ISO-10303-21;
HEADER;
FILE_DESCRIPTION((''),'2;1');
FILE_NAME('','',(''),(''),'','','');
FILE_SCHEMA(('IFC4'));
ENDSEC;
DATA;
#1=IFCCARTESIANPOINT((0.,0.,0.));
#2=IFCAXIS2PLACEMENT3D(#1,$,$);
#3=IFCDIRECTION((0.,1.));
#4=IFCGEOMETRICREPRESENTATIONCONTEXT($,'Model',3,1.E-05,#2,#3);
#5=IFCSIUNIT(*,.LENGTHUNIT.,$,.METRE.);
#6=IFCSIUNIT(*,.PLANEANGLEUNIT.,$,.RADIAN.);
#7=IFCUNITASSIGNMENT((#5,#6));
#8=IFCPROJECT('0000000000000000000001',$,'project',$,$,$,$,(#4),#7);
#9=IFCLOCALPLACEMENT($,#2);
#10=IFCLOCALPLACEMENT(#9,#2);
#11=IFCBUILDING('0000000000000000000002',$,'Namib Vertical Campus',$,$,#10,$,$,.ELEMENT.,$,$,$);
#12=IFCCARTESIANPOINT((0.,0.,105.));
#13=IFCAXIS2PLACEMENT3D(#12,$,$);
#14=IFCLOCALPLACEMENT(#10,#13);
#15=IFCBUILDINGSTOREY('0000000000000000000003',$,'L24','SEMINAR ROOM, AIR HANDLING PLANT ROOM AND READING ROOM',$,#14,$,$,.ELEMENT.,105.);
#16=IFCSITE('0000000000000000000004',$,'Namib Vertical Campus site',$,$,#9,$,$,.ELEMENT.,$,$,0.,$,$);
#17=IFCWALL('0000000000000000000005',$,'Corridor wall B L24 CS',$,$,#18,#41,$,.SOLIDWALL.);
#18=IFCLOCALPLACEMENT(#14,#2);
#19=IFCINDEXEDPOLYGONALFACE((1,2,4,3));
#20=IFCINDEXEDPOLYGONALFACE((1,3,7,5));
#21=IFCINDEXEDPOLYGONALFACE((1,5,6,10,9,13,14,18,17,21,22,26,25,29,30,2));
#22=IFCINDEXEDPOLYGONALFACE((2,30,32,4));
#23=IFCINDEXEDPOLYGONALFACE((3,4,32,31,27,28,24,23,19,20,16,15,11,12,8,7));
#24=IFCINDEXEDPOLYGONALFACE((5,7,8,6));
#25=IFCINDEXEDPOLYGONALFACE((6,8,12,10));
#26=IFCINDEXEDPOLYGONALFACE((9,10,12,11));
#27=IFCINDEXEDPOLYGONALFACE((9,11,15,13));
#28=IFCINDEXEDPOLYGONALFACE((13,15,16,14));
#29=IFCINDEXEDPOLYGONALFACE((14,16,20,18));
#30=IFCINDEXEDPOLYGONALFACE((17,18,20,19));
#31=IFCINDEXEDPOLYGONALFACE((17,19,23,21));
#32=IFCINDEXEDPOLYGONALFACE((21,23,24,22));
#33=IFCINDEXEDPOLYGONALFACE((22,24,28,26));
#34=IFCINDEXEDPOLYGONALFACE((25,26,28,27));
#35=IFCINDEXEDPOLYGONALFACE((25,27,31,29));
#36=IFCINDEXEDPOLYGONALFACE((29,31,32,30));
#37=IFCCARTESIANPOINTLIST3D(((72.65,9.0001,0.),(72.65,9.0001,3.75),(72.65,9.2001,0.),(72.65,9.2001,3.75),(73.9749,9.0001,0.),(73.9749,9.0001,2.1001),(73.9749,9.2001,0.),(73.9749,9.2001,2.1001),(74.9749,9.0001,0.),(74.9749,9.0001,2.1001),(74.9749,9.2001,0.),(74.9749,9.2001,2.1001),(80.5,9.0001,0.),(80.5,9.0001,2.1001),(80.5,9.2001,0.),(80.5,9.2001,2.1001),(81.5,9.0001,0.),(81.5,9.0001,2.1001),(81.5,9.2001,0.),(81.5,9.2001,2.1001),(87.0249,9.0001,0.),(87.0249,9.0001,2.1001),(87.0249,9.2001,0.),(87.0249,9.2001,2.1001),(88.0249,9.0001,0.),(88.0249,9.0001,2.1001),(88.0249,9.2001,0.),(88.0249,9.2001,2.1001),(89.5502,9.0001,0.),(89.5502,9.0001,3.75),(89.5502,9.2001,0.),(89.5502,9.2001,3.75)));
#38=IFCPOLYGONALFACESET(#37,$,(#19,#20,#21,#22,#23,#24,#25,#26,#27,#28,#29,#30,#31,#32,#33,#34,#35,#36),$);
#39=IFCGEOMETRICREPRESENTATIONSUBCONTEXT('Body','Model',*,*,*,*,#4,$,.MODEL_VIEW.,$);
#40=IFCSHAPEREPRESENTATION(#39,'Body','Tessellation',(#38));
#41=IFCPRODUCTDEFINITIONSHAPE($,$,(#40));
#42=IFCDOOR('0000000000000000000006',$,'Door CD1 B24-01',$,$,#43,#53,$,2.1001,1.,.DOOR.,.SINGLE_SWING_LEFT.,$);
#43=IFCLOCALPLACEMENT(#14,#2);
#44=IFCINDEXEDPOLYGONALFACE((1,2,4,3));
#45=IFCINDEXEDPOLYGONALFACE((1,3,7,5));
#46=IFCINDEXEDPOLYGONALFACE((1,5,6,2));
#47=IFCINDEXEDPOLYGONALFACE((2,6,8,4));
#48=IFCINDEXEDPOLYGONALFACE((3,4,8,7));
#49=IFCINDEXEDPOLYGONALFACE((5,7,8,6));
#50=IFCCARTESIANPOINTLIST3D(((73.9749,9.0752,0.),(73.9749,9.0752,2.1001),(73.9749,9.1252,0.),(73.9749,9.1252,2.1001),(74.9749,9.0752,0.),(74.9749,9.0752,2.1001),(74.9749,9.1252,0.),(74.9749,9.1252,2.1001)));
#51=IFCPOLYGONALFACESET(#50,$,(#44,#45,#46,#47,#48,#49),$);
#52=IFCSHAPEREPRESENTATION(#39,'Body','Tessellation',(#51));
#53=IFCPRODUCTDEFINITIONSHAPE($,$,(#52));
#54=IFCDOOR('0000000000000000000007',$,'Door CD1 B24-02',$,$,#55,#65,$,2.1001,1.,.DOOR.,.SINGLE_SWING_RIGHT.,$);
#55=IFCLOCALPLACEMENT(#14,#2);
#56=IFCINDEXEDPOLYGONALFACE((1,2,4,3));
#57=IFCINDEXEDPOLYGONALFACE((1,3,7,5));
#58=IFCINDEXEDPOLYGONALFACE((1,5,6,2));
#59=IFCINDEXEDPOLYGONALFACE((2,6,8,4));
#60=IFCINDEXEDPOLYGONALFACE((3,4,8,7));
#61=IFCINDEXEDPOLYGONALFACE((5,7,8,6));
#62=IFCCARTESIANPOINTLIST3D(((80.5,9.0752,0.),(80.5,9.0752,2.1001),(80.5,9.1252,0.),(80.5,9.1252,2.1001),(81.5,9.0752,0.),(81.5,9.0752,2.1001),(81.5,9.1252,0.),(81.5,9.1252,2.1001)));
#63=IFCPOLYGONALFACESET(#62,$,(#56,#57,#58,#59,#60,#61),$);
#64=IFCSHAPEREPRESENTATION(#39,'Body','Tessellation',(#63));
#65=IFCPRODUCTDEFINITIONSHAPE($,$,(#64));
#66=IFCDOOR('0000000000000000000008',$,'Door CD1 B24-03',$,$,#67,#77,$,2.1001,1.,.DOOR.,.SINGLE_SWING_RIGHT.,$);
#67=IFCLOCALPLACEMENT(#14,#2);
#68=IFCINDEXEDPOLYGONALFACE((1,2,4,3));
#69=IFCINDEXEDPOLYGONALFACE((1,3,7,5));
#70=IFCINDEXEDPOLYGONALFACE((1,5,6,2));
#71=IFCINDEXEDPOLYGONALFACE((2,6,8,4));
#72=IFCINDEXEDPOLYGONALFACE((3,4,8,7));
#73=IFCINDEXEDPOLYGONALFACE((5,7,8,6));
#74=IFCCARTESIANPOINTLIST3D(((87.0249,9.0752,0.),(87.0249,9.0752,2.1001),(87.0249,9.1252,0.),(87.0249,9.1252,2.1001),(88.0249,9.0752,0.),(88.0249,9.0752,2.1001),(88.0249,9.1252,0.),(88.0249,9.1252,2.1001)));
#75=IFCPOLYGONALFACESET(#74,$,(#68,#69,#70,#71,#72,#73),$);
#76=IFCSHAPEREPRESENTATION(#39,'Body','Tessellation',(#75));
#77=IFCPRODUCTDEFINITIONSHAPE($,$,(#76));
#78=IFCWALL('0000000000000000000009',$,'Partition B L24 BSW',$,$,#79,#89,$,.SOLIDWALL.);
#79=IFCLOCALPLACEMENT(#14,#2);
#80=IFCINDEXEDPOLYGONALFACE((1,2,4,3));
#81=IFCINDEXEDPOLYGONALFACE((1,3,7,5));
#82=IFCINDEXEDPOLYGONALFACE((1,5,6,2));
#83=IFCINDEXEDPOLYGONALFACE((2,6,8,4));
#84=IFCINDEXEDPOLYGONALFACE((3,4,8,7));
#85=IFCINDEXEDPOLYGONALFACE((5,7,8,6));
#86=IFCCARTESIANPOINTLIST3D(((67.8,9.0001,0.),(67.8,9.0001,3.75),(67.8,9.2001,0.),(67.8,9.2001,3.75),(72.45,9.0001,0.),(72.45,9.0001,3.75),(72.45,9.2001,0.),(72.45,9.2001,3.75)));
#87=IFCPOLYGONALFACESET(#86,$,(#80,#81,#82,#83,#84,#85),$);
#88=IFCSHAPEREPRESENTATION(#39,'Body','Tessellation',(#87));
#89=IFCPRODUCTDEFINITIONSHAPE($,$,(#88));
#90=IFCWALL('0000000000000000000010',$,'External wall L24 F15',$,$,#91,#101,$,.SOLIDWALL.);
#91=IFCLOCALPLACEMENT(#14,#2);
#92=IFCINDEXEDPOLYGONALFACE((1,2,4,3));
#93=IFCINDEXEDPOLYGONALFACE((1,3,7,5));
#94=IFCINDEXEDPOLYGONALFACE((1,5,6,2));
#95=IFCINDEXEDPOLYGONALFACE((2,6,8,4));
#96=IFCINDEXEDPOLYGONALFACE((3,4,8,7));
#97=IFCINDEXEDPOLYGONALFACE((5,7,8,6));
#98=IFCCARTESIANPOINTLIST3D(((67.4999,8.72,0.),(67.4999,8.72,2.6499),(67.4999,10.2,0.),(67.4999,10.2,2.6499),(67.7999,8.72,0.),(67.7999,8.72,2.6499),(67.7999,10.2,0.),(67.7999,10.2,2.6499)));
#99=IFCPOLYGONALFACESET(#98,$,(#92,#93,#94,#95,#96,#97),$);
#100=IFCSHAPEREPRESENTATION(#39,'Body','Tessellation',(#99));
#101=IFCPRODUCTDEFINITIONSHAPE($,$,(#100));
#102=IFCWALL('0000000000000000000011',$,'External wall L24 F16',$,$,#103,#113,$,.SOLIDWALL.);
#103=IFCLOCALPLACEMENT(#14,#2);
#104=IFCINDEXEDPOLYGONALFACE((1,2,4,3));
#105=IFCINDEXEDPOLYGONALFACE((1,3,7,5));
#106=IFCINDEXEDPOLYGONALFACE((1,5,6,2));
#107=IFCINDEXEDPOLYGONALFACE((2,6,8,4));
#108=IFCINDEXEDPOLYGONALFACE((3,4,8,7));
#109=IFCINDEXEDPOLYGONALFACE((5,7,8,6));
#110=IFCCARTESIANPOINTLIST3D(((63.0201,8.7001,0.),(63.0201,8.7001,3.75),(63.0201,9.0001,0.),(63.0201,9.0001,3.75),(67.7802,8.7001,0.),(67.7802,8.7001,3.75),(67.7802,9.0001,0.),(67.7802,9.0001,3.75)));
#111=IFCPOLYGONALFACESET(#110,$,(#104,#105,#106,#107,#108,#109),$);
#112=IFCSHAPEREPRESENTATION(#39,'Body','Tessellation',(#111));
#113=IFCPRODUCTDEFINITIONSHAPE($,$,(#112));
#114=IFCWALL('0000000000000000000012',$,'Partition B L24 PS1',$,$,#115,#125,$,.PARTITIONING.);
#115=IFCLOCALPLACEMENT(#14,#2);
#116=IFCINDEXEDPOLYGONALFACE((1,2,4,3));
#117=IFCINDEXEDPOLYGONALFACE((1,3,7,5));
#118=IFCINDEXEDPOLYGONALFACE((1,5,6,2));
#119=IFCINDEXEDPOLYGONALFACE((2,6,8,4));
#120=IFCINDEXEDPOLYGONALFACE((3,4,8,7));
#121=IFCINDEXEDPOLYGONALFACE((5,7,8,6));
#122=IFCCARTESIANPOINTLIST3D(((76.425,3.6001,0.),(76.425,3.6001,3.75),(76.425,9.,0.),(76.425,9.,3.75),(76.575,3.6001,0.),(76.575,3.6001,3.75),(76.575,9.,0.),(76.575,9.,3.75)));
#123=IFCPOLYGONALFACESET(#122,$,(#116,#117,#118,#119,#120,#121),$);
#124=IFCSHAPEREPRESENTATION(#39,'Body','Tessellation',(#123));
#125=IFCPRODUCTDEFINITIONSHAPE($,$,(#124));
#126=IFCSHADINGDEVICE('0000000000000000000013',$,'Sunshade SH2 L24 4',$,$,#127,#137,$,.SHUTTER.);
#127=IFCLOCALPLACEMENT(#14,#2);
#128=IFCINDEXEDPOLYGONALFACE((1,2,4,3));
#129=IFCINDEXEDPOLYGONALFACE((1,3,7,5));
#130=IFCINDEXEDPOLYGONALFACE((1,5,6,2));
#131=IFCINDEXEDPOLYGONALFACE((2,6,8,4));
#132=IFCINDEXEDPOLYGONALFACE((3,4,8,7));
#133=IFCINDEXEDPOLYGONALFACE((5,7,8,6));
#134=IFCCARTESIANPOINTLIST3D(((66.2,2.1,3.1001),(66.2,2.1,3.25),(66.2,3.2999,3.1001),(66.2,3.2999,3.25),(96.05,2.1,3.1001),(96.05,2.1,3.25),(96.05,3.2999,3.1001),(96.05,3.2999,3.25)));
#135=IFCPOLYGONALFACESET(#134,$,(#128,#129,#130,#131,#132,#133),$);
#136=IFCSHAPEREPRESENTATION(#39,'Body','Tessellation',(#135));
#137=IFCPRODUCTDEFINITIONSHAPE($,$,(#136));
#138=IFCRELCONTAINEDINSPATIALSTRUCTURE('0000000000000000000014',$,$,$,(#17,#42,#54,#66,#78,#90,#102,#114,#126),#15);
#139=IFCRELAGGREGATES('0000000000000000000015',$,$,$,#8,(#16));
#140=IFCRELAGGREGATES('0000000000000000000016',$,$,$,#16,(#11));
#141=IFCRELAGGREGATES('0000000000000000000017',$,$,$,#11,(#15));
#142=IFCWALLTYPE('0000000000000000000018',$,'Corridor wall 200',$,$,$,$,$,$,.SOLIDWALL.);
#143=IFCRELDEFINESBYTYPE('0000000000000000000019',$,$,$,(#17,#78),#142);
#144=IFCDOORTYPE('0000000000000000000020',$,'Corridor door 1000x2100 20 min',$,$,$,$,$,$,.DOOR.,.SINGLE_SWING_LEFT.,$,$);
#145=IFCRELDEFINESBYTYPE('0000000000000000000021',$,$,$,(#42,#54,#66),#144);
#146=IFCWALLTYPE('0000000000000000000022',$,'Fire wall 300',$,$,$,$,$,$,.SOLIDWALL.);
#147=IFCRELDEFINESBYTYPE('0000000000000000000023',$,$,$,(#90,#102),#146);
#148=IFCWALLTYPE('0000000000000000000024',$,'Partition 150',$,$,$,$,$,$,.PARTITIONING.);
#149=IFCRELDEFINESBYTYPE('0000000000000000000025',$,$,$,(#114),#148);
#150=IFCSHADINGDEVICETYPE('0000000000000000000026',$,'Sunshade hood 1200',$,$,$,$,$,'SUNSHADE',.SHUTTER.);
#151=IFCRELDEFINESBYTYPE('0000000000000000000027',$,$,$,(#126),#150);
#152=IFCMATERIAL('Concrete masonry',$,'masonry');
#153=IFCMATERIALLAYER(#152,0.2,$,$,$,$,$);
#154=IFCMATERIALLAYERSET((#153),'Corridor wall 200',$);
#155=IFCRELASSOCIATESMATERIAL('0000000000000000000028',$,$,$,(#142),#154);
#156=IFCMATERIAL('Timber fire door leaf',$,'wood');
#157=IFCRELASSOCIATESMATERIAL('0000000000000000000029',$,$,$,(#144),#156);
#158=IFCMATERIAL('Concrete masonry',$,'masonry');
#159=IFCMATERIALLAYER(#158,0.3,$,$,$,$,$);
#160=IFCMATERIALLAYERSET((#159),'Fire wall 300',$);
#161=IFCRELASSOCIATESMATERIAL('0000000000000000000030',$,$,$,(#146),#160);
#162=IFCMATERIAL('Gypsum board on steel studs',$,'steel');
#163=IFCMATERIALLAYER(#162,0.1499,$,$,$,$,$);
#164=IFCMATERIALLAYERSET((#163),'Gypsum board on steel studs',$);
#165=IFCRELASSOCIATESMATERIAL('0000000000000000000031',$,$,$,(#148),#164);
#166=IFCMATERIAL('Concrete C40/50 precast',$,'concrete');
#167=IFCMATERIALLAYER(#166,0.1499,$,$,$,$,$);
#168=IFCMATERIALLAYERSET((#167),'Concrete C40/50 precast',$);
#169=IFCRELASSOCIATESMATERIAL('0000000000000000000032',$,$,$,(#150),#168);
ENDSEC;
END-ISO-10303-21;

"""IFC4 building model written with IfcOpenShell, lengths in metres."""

from ifc_helpers import new_model, si_unit, direction, frame, frame_2d, origin, origin_2d, place, context, subcontext, project, spatial, rectangle, extrude, material, layer, layer_set, type_object, element, fill, save


model = new_model("IFC4")

# Units and contexts
model_context = context("Model", 3, precision=1e-05, world=origin(), true_north=direction((0.0, 1.0)))
body_context = subcontext(model_context, "Body", "Model", "MODEL_VIEW")
ifc_project = project(units=[si_unit("LENGTHUNIT", "METRE"), si_unit("PLANEANGLEUNIT", "RADIAN")], contexts=[model_context])

# Site, building, storey
site_placement = place(None, origin())
site = spatial("IfcSite", under=ifc_project, at=site_placement, Name="Namib Vertical Campus site", CompositionType="ELEMENT", RefElevation=0.0)
building_placement = place(site_placement, origin())
building = spatial("IfcBuilding", under=site, at=building_placement, Name="Namib Vertical Campus", CompositionType="ELEMENT")
storey_placement = place(building_placement, frame((0.0, 0.0, 105.0)))
storey = spatial("IfcBuildingStorey", under=building, at=storey_placement, Name="L24", Description="SEMINAR ROOM, AIR HANDLING PLANT ROOM AND READING ROOM", CompositionType="ELEMENT", Elevation=105.0)

# Wall, openings, doors
ifc_material_1 = material(Name="Concrete masonry", Category="masonry")
ifc_layer_1 = layer(ifc_material_1, 0.2)
ifc_layer_set_1 = layer_set([ifc_layer_1], Name="Corridor wall 200")
wall_type_1 = type_object("IfcWallType", Name="Corridor wall 200", PredefinedType="SOLIDWALL", material=ifc_layer_set_1)
wall_1_placement = place(storey_placement, frame((72.6499, 9.1001, 0.0), z_axis=(0.0, 0.0, 1.0), x_axis=(1.0, 0.0, 0.0)))
wall_1 = element("IfcWall", 1, at=wall_1_placement, inside=storey, type_object=wall_type_1, Name="Corridor wall B L24 CS", PredefinedType="SOLIDWALL", context=body_context, shape_type="SweptSolid", body=[
    extrude(rectangle(XDim=16.9001, YDim=0.2, at=frame_2d((8.4502, 0.0))), origin(), (0.0, 0.0, 1.0), 3.75),
])
opening_1_placement = place(wall_1_placement, frame((1.325, 0.0, 0.0)))
opening_1 = element("IfcOpeningElement", 2, at=opening_1_placement, cuts=wall_1, PredefinedType="OPENING", context=body_context, shape_type="SweptSolid", body=[
    extrude(rectangle(XDim=1.0, YDim=2.1001, at=frame_2d((0.5, 1.05))), frame((0.0, 0.1099, 0.0), z_axis=(0.0, -1.0, 0.0), x_axis=(1.0, 0.0, 0.0)), (0.0, 0.0, 1.0), 0.22),
])
opening_2_placement = place(wall_1_placement, frame((7.8501, 0.0, 0.0)))
opening_2 = element("IfcOpeningElement", 3, at=opening_2_placement, cuts=wall_1, PredefinedType="OPENING", context=body_context, shape_type="SweptSolid", body=[
    extrude(rectangle(XDim=1.0, YDim=2.1001, at=frame_2d((0.5, 1.05))), frame((0.0, 0.1099, 0.0), z_axis=(0.0, -1.0, 0.0), x_axis=(1.0, 0.0, 0.0)), (0.0, 0.0, 1.0), 0.22),
])
opening_3_placement = place(wall_1_placement, frame((14.375, 0.0, 0.0)))
opening_3 = element("IfcOpeningElement", 4, at=opening_3_placement, cuts=wall_1, PredefinedType="OPENING", context=body_context, shape_type="SweptSolid", body=[
    extrude(rectangle(XDim=1.0, YDim=2.1001, at=frame_2d((0.5, 1.05))), frame((0.0, 0.1099, 0.0), z_axis=(0.0, -1.0, 0.0), x_axis=(1.0, 0.0, 0.0)), (0.0, 0.0, 1.0), 0.22),
])
ifc_material_2 = material(Name="Timber fire door leaf", Category="wood")
door_type_1 = type_object("IfcDoorType", Name="Corridor door 1000x2100 20 min", OperationType="SINGLE_SWING_LEFT", PredefinedType="DOOR", material=ifc_material_2)
door_1_placement = place(opening_1_placement, frame((1.0, 0.0, 0.0), z_axis=(0.0, 0.0, 1.0), x_axis=(-1.0, 0.0, 0.0)))
door_1 = element("IfcDoor", 5, at=door_1_placement, inside=storey, type_object=door_type_1, Name="Door CD1 B24-01", OperationType="SINGLE_SWING_LEFT", OverallHeight=2.1001, OverallWidth=1.0, PredefinedType="DOOR", context=body_context, shape_type="SweptSolid", body=[
    extrude(rectangle(XDim=1.0, YDim=2.1001, at=frame_2d((0.5, 1.05))), frame((0.0, 0.0249, 0.0), z_axis=(0.0, -1.0, 0.0), x_axis=(1.0, 0.0, 0.0)), (0.0, 0.0, 1.0), 0.05),
])
fill(opening_1, door_1)
door_2_placement = place(opening_2_placement, frame((1.0, 0.0, 0.0), z_axis=(0.0, 0.0, 1.0), x_axis=(-1.0, 0.0, 0.0)))
door_2 = element("IfcDoor", 6, at=door_2_placement, inside=storey, type_object=door_type_1, Name="Door CD1 B24-02", OperationType="SINGLE_SWING_RIGHT", OverallHeight=2.1001, OverallWidth=1.0, PredefinedType="DOOR", context=body_context, shape_type="SweptSolid", body=[
    extrude(rectangle(XDim=1.0, YDim=2.1001, at=frame_2d((0.5, 1.05))), frame((0.0, 0.0249, 0.0), z_axis=(0.0, -1.0, 0.0), x_axis=(1.0, 0.0, 0.0)), (0.0, 0.0, 1.0), 0.05),
])
fill(opening_2, door_2)
door_3_placement = place(opening_3_placement, frame((1.0, 0.0, 0.0), z_axis=(0.0, 0.0, 1.0), x_axis=(-1.0, 0.0, 0.0)))
door_3 = element("IfcDoor", 7, at=door_3_placement, inside=storey, type_object=door_type_1, Name="Door CD1 B24-03", OperationType="SINGLE_SWING_RIGHT", OverallHeight=2.1001, OverallWidth=1.0, PredefinedType="DOOR", context=body_context, shape_type="SweptSolid", body=[
    extrude(rectangle(XDim=1.0, YDim=2.1001, at=frame_2d((0.5, 1.05))), frame((0.0, 0.0249, 0.0), z_axis=(0.0, -1.0, 0.0), x_axis=(1.0, 0.0, 0.0)), (0.0, 0.0, 1.0), 0.05),
])
fill(opening_3, door_3)

# Walls
wall_2_placement = place(storey_placement, frame((67.8, 9.1001, 0.0), z_axis=(0.0, 0.0, 1.0), x_axis=(1.0, 0.0, 0.0)))
element("IfcWall", 8, at=wall_2_placement, inside=storey, type_object=wall_type_1, Name="Partition B L24 BSW", PredefinedType="SOLIDWALL", context=body_context, shape_type="SweptSolid", body=[
    extrude(rectangle(XDim=4.6499, YDim=0.2, at=frame_2d((2.325, 0.0))), origin(), (0.0, 0.0, 1.0), 3.75),
])
ifc_material_3 = material(Name="Concrete masonry", Category="masonry")
ifc_layer_2 = layer(ifc_material_3, 0.3)
ifc_layer_set_2 = layer_set([ifc_layer_2], Name="Fire wall 300")
wall_type_2 = type_object("IfcWallType", Name="Fire wall 300", PredefinedType="SOLIDWALL", material=ifc_layer_set_2)
wall_3_placement = place(storey_placement, frame((67.6499, 10.2, 0.0), z_axis=(0.0, 0.0, 1.0), x_axis=(0.0, -1.0, 0.0)))
element("IfcWall", 9, at=wall_3_placement, inside=storey, type_object=wall_type_2, Name="External wall L24 F15", PredefinedType="SOLIDWALL", context=body_context, shape_type="SweptSolid", body=[
    extrude(rectangle(XDim=1.48, YDim=0.3, at=frame_2d((0.74, 0.0))), origin(), (0.0, 0.0, 1.0), 2.6499),
])
wall_4_placement = place(storey_placement, frame((67.78, 8.8501, 0.0), z_axis=(0.0, 0.0, 1.0), x_axis=(-1.0, 0.0, 0.0)))
element("IfcWall", 10, at=wall_4_placement, inside=storey, type_object=wall_type_2, Name="External wall L24 F16", PredefinedType="SOLIDWALL", context=body_context, shape_type="SweptSolid", body=[
    extrude(rectangle(XDim=4.76, YDim=0.3, at=frame_2d((2.3799, 0.0))), origin(), (0.0, 0.0, 1.0), 3.75),
])
ifc_material_4 = material(Name="Gypsum board on steel studs", Category="steel")
ifc_layer_3 = layer(ifc_material_4, 0.1499)
ifc_layer_set_3 = layer_set([ifc_layer_3], Name="Gypsum board on steel studs")
wall_type_3 = type_object("IfcWallType", Name="Partition 150", PredefinedType="PARTITIONING", material=ifc_layer_set_3)
wall_5_placement = place(storey_placement, frame((76.5, 3.6001, 0.0), z_axis=(0.0, 0.0, 1.0), x_axis=(0.0, 1.0, 0.0)))
element("IfcWall", 11, at=wall_5_placement, inside=storey, type_object=wall_type_3, Name="Partition B L24 PS1", PredefinedType="PARTITIONING", context=body_context, shape_type="SweptSolid", body=[
    extrude(rectangle(XDim=5.3999, YDim=0.1499, at=frame_2d((2.7, 0.0))), origin(), (0.0, 0.0, 1.0), 3.75),
])

# Shading device
ifc_material_5 = material(Name="Concrete C40/50 precast", Category="concrete")
ifc_layer_4 = layer(ifc_material_5, 0.1499)
ifc_layer_set_4 = layer_set([ifc_layer_4], Name="Concrete C40/50 precast")
shading_device_type = type_object("IfcShadingDeviceType", Name="Sunshade hood 1200", ElementType="SUNSHADE", PredefinedType="SHUTTER", material=ifc_layer_set_4)
shading_device_placement = place(storey_placement, frame((81.125, 2.7, 3.1001), z_axis=(0.0, 0.0, 1.0), x_axis=(1.0, 0.0, 0.0)))
element("IfcShadingDevice", 12, at=shading_device_placement, inside=storey, type_object=shading_device_type, Name="Sunshade SH2 L24 4", PredefinedType="SHUTTER", context=body_context, shape_type="SweptSolid", body=[
    extrude(rectangle(XDim=29.8501, YDim=1.2, at=origin_2d()), origin(), (0.0, 0.0, 1.0), 0.1499),
])

save(model, "model.ifc")
